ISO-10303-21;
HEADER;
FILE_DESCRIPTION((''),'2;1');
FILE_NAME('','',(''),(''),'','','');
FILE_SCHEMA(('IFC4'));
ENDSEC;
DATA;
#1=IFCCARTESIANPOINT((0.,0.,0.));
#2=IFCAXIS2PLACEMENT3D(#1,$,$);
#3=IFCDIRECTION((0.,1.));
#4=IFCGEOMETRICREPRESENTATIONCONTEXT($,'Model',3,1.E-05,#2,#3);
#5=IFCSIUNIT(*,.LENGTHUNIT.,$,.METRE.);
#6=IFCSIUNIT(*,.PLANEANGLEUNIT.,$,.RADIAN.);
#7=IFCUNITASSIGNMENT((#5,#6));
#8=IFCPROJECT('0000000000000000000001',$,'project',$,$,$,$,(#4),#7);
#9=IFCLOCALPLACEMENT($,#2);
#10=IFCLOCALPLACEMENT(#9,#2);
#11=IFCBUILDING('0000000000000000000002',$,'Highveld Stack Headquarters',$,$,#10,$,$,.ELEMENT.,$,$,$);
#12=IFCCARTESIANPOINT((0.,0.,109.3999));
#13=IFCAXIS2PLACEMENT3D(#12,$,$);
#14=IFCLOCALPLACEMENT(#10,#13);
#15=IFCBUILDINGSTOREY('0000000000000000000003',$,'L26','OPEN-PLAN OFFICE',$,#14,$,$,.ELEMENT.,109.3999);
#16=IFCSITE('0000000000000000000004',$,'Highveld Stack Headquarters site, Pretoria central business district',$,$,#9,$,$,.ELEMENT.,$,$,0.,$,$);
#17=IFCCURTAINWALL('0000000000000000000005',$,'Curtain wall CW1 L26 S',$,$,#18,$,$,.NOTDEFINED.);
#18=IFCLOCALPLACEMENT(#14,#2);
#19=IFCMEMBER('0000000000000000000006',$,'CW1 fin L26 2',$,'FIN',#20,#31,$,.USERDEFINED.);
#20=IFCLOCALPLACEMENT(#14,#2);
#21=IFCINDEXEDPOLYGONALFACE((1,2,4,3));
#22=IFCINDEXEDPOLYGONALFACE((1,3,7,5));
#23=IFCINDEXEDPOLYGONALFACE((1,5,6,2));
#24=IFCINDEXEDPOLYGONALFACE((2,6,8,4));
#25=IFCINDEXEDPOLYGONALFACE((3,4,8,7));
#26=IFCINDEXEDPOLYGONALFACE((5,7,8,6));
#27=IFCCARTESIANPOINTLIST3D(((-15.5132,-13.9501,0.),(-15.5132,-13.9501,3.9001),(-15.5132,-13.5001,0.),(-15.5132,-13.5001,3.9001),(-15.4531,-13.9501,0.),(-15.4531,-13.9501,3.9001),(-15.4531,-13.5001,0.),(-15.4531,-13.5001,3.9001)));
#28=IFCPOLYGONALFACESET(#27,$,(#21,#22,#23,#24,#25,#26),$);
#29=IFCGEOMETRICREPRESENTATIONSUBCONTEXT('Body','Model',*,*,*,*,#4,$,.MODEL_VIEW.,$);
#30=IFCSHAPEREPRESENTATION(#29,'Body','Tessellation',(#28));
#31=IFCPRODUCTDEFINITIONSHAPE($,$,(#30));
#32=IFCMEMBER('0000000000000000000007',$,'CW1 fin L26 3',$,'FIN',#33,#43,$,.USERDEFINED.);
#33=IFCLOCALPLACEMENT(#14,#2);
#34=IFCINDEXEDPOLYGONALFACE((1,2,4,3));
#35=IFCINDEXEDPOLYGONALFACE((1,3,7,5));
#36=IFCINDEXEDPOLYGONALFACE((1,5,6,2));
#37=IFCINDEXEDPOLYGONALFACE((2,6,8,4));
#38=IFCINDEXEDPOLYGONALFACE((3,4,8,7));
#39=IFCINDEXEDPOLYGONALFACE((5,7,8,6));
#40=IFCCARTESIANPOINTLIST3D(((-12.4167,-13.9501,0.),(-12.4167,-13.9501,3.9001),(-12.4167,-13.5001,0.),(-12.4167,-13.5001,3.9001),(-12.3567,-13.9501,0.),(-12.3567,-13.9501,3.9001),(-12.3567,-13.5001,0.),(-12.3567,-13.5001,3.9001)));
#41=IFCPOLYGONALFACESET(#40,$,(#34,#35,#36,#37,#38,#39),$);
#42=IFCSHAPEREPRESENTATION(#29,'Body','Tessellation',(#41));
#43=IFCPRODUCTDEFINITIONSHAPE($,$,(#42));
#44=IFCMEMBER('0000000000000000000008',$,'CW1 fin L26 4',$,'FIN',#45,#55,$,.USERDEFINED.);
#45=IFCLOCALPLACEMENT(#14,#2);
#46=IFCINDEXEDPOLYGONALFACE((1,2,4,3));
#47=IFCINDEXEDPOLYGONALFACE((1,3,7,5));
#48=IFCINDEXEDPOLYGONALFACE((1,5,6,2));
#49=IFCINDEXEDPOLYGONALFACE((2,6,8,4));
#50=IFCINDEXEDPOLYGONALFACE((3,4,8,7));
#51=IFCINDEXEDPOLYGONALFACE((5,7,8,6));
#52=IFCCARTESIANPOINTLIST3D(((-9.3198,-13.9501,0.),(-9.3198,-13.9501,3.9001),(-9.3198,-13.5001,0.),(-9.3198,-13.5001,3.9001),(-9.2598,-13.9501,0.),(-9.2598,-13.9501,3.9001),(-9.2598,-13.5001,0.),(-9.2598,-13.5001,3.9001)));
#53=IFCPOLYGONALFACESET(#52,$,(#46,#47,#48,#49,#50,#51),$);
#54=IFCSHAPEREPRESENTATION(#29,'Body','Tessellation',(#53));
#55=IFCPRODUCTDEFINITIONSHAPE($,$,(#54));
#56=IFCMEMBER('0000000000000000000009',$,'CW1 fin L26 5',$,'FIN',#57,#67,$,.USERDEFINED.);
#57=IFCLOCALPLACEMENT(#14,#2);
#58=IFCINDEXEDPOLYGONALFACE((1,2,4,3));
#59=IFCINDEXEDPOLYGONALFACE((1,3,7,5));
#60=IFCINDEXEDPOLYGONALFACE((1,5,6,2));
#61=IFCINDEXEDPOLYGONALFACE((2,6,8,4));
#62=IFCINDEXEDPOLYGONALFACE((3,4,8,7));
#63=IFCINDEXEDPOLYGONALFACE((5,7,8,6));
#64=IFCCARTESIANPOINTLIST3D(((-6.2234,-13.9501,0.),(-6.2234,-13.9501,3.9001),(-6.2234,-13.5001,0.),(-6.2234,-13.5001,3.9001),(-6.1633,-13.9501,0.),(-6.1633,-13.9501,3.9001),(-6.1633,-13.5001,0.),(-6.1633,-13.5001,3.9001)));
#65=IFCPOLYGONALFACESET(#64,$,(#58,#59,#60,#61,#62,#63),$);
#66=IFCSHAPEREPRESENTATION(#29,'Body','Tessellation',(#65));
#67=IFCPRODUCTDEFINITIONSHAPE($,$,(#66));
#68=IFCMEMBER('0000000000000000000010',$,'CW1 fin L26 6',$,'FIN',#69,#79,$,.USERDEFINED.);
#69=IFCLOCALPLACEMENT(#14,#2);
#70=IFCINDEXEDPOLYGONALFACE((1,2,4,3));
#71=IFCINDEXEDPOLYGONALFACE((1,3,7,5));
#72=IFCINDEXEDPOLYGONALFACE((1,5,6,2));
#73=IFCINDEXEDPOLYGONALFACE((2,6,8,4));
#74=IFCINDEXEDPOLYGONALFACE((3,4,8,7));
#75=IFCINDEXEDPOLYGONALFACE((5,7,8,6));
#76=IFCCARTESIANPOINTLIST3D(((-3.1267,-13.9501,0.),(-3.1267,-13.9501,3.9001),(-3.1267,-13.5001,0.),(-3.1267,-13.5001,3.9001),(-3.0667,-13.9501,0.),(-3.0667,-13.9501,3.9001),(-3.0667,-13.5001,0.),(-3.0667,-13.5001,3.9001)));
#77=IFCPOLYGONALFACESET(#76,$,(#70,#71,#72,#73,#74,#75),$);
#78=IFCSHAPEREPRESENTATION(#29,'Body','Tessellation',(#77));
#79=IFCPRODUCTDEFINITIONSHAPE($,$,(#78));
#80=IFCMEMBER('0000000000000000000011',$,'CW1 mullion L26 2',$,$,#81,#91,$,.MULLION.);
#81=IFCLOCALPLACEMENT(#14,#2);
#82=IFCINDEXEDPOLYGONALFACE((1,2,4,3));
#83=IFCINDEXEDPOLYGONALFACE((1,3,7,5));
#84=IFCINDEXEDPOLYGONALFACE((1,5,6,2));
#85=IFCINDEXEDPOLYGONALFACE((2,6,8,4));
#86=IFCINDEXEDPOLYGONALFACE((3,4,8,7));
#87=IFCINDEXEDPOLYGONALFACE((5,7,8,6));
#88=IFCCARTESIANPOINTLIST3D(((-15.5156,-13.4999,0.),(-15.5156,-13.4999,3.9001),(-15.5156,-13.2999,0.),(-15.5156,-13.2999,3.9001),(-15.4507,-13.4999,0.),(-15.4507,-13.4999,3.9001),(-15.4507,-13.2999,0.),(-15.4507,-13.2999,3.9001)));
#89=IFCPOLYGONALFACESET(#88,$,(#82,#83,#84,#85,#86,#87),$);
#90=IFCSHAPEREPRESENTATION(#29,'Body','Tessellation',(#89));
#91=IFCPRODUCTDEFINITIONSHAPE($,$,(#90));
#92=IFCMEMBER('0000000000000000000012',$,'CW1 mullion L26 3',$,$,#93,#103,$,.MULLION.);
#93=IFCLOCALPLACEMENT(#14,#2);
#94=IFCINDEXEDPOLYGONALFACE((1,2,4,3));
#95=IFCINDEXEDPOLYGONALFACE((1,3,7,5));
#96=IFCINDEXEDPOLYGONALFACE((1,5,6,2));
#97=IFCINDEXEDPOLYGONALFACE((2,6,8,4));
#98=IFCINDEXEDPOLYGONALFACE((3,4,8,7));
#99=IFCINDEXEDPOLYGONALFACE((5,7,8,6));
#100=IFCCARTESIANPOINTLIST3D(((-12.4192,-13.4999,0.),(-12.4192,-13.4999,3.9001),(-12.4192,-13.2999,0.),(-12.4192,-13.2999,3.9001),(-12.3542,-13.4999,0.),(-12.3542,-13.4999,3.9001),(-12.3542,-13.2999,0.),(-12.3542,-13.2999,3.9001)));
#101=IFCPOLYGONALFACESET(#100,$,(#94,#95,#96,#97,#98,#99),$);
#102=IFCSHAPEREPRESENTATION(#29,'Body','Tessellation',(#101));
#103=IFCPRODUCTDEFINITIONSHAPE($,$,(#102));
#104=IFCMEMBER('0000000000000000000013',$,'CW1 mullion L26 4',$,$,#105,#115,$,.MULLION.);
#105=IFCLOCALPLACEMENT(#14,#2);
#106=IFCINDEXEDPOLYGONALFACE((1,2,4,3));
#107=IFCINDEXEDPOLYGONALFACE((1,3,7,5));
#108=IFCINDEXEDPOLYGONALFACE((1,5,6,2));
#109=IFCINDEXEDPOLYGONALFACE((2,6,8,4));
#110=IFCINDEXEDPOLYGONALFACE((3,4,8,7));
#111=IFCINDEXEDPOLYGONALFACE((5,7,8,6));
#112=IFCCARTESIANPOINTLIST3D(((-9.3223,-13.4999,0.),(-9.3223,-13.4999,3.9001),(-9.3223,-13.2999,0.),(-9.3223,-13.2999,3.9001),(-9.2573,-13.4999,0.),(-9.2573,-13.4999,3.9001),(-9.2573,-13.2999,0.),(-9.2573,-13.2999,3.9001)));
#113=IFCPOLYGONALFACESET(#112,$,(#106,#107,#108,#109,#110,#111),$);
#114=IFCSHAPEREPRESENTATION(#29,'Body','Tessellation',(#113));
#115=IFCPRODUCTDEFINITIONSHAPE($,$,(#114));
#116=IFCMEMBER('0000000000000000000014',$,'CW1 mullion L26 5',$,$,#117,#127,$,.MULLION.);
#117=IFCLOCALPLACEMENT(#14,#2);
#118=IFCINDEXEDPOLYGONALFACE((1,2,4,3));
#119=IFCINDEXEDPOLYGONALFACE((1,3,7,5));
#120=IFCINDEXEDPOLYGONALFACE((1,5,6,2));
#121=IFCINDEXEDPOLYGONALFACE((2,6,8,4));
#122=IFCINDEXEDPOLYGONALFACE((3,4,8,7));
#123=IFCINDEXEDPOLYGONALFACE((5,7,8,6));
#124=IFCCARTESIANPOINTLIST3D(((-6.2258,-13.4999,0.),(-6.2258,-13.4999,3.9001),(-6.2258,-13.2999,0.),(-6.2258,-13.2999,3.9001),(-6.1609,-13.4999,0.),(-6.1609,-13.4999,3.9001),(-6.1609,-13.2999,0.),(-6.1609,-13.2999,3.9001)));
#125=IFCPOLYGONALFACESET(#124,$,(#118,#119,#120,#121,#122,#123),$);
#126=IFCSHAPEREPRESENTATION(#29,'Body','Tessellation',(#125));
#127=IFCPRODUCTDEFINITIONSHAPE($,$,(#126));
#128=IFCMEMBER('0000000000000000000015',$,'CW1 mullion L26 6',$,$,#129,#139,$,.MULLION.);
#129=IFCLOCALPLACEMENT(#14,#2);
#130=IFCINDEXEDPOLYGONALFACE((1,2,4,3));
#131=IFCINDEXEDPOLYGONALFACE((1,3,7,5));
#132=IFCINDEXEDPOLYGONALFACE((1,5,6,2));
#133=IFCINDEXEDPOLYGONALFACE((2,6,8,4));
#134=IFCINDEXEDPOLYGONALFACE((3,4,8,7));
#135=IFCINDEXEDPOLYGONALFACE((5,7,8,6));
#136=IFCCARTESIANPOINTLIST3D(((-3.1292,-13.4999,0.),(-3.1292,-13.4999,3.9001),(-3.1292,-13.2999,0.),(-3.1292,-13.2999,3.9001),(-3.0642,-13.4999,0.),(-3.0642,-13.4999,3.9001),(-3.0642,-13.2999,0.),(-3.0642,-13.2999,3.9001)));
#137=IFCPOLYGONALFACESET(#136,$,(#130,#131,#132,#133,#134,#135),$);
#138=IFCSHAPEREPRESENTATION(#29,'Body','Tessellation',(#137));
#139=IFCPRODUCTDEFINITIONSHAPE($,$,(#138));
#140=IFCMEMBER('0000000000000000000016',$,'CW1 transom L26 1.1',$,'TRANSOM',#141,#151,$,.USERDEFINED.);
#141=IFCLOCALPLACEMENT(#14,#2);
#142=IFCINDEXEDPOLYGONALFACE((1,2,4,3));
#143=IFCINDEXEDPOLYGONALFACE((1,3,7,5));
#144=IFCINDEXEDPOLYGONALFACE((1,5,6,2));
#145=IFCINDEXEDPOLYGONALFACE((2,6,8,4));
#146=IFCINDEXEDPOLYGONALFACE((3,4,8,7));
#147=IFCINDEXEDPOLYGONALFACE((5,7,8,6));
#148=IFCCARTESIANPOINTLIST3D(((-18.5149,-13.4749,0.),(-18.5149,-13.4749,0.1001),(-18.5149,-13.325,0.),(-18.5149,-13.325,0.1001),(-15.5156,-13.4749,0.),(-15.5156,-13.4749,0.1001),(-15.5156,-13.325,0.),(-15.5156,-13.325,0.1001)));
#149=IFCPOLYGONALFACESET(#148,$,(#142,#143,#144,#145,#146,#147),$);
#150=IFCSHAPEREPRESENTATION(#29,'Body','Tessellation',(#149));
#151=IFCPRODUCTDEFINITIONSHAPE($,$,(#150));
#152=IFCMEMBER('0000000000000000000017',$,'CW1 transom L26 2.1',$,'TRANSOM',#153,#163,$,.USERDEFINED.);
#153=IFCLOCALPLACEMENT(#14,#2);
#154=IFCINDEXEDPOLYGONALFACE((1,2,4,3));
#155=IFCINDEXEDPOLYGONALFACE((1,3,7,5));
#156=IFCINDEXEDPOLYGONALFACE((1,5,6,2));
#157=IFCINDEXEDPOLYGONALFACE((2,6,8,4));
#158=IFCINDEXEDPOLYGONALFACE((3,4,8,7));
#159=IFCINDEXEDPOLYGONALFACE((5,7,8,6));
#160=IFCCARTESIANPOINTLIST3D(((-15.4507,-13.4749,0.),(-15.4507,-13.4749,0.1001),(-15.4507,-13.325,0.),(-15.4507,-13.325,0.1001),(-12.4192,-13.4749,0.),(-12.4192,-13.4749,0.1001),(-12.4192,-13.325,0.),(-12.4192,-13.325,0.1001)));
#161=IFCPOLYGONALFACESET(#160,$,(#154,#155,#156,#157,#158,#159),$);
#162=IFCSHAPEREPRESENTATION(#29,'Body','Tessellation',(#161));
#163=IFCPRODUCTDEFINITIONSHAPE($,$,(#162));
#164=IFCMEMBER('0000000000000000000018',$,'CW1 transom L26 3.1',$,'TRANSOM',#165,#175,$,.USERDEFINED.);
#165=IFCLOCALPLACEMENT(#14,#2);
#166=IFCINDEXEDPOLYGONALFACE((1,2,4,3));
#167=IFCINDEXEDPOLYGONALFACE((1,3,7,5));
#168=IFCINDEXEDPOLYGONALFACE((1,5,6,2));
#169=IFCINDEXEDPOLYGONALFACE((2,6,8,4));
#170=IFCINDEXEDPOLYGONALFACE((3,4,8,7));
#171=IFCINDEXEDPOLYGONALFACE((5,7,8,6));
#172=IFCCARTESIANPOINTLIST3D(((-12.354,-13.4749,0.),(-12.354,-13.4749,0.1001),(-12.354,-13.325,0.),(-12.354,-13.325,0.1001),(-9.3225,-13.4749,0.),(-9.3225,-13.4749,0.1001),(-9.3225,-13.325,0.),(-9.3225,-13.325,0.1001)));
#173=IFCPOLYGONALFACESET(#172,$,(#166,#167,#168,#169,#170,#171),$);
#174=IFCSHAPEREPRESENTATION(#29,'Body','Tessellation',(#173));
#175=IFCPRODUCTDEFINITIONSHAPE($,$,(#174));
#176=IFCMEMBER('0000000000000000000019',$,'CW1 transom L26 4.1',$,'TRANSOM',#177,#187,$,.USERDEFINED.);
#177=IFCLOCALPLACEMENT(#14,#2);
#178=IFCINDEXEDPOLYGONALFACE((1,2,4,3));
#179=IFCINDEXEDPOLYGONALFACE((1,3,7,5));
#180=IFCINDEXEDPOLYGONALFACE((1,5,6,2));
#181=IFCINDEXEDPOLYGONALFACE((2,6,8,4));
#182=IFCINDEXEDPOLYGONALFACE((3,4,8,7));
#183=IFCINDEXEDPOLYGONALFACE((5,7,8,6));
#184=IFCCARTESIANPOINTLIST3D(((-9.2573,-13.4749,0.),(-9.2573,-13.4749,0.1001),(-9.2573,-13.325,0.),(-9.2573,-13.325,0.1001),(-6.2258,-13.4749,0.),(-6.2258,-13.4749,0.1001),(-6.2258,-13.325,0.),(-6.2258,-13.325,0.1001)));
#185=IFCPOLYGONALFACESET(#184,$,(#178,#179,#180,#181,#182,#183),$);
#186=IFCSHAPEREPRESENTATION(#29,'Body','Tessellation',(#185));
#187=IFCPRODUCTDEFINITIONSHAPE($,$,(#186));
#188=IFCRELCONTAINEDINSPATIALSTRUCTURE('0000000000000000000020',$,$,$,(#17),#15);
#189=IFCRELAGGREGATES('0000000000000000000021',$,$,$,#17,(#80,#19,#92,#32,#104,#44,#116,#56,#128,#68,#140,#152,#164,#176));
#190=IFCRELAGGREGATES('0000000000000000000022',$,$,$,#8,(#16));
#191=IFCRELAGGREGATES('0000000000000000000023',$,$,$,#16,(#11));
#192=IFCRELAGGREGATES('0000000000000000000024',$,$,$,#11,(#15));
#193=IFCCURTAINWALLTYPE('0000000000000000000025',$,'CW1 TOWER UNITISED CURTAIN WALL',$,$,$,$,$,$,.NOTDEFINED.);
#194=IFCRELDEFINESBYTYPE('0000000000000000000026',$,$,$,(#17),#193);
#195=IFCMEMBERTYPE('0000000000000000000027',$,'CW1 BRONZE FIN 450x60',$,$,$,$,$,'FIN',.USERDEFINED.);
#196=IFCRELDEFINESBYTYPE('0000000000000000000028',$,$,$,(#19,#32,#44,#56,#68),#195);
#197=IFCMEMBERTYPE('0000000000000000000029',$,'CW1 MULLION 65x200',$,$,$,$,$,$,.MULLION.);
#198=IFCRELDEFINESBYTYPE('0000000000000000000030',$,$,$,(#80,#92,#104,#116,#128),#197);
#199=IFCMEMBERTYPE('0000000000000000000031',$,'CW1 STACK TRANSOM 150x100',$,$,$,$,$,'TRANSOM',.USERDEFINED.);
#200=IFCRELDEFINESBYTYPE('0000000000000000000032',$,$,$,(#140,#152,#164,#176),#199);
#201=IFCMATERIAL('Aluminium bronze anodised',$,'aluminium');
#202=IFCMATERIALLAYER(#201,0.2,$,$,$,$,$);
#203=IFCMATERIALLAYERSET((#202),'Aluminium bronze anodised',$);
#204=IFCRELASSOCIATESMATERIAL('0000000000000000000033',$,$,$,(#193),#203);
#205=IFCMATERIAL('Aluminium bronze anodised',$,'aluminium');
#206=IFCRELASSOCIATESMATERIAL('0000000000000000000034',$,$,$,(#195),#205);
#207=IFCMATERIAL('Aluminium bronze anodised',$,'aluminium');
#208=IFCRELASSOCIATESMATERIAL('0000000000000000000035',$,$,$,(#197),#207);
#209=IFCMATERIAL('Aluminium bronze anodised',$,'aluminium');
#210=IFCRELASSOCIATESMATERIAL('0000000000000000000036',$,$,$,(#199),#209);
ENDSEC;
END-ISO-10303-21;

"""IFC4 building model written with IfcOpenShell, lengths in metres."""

from ifc_helpers import new_model, si_unit, direction, frame, origin, origin_2d, place, context, subcontext, project, spatial, rectangle, extrude, material, layer, layer_set, material_profile, profile_set, type_object, element, aggregate, save


model = new_model("IFC4")

# Units and contexts
model_context = context("Model", 3, precision=1e-05, world=origin(), true_north=direction((0.0, 1.0)))
body_context = subcontext(model_context, "Body", "Model", "MODEL_VIEW")
ifc_project = project(units=[si_unit("LENGTHUNIT", "METRE"), si_unit("PLANEANGLEUNIT", "RADIAN")], contexts=[model_context])

# Site, building, storey
site_placement = place(None, origin())
site = spatial("IfcSite", under=ifc_project, at=site_placement, Name="Highveld Stack Headquarters site, Pretoria central business district", CompositionType="ELEMENT", RefElevation=0.0)
building_placement = place(site_placement, origin())
building = spatial("IfcBuilding", under=site, at=building_placement, Name="Highveld Stack Headquarters", CompositionType="ELEMENT")
storey_placement = place(building_placement, frame((0.0, 0.0, 109.3999)))
storey = spatial("IfcBuildingStorey", under=building, at=storey_placement, Name="L26", Description="OPEN-PLAN OFFICE", CompositionType="ELEMENT", Elevation=109.3999)

# Curtain wall, members
ifc_material_1 = material(Name="Aluminium bronze anodised", Category="aluminium")
ifc_layer_1 = layer(ifc_material_1, 0.2)
ifc_layer_set_1 = layer_set([ifc_layer_1], Name="Aluminium bronze anodised")
curtain_wall_type = type_object("IfcCurtainWallType", Name="CW1 TOWER UNITISED CURTAIN WALL", PredefinedType="NOTDEFINED", material=ifc_layer_set_1)
curtain_wall_placement = place(storey_placement, origin())
curtain_wall = element("IfcCurtainWall", 1, at=curtain_wall_placement, inside=storey, type_object=curtain_wall_type, Name="Curtain wall CW1 L26 S", PredefinedType="NOTDEFINED")
ifc_material_2 = material(Name="Aluminium bronze anodised", Category="aluminium")
ifc_material_profile_1 = material_profile(ifc_material_2, rectangle(XDim=0.45, YDim=0.0601, at=origin_2d()), Name="FIN 450x60")
ifc_profile_set_1 = profile_set([ifc_material_profile_1], Name="Aluminium bronze anodised")
member_type_1 = type_object("IfcMemberType", Name="CW1 BRONZE FIN 450x60", ElementType="FIN", PredefinedType="USERDEFINED", material=ifc_profile_set_1)
member_1_placement = place(storey_placement, frame((-15.4832, -13.7251, 0.0), z_axis=(0.0, 0.0, 1.0), x_axis=(0.0, 1.0, 0.0)))
member_1 = element("IfcMember", 2, at=member_1_placement, type_object=member_type_1, Name="CW1 fin L26 2", ObjectType="FIN", PredefinedType="USERDEFINED", context=body_context, shape_type="SweptSolid", body=[
    extrude(rectangle(XDim=0.45, YDim=0.0601, at=origin_2d()), origin(), (0.0, 0.0, 1.0), 3.9001),
])
member_2_placement = place(storey_placement, frame((-12.3867, -13.7251, 0.0), z_axis=(0.0, 0.0, 1.0), x_axis=(0.0, 1.0, 0.0)))
member_2 = element("IfcMember", 3, at=member_2_placement, type_object=member_type_1, Name="CW1 fin L26 3", ObjectType="FIN", PredefinedType="USERDEFINED", context=body_context, shape_type="SweptSolid", body=[
    extrude(rectangle(XDim=0.45, YDim=0.0601, at=origin_2d()), origin(), (0.0, 0.0, 1.0), 3.9001),
])
member_3_placement = place(storey_placement, frame((-9.2898, -13.7251, 0.0), z_axis=(0.0, 0.0, 1.0), x_axis=(0.0, 1.0, 0.0)))
member_3 = element("IfcMember", 4, at=member_3_placement, type_object=member_type_1, Name="CW1 fin L26 4", ObjectType="FIN", PredefinedType="USERDEFINED", context=body_context, shape_type="SweptSolid", body=[
    extrude(rectangle(XDim=0.45, YDim=0.0601, at=origin_2d()), origin(), (0.0, 0.0, 1.0), 3.9001),
])
member_4_placement = place(storey_placement, frame((-6.1934, -13.7251, 0.0), z_axis=(0.0, 0.0, 1.0), x_axis=(0.0, 1.0, 0.0)))
member_4 = element("IfcMember", 5, at=member_4_placement, type_object=member_type_1, Name="CW1 fin L26 5", ObjectType="FIN", PredefinedType="USERDEFINED", context=body_context, shape_type="SweptSolid", body=[
    extrude(rectangle(XDim=0.45, YDim=0.0601, at=origin_2d()), origin(), (0.0, 0.0, 1.0), 3.9001),
])
member_5_placement = place(storey_placement, frame((-3.0967, -13.7251, 0.0), z_axis=(0.0, 0.0, 1.0), x_axis=(0.0, 1.0, 0.0)))
member_5 = element("IfcMember", 6, at=member_5_placement, type_object=member_type_1, Name="CW1 fin L26 6", ObjectType="FIN", PredefinedType="USERDEFINED", context=body_context, shape_type="SweptSolid", body=[
    extrude(rectangle(XDim=0.45, YDim=0.0601, at=origin_2d()), origin(), (0.0, 0.0, 1.0), 3.9001),
])
ifc_material_3 = material(Name="Aluminium bronze anodised", Category="aluminium")
ifc_material_profile_2 = material_profile(ifc_material_3, rectangle(XDim=0.2, YDim=0.0649, at=origin_2d()), Name="CW1 MULLION 65x200")
ifc_profile_set_2 = profile_set([ifc_material_profile_2], Name="Aluminium bronze anodised")
member_type_2 = type_object("IfcMemberType", Name="CW1 MULLION 65x200", PredefinedType="MULLION", material=ifc_profile_set_2)
member_6_placement = place(storey_placement, frame((-15.4832, -13.3999, 0.0), z_axis=(0.0, 0.0, 1.0), x_axis=(0.0, 1.0, 0.0)))
member_6 = element("IfcMember", 7, at=member_6_placement, type_object=member_type_2, Name="CW1 mullion L26 2", PredefinedType="MULLION", context=body_context, shape_type="SweptSolid", body=[
    extrude(rectangle(XDim=0.2, YDim=0.0649, at=origin_2d()), origin(), (0.0, 0.0, 1.0), 3.9001),
])
member_7_placement = place(storey_placement, frame((-12.3867, -13.3999, 0.0), z_axis=(0.0, 0.0, 1.0), x_axis=(0.0, 1.0, 0.0)))
member_7 = element("IfcMember", 8, at=member_7_placement, type_object=member_type_2, Name="CW1 mullion L26 3", PredefinedType="MULLION", context=body_context, shape_type="SweptSolid", body=[
    extrude(rectangle(XDim=0.2, YDim=0.0649, at=origin_2d()), origin(), (0.0, 0.0, 1.0), 3.9001),
])
member_8_placement = place(storey_placement, frame((-9.2898, -13.3999, 0.0), z_axis=(0.0, 0.0, 1.0), x_axis=(0.0, 1.0, 0.0)))
member_8 = element("IfcMember", 9, at=member_8_placement, type_object=member_type_2, Name="CW1 mullion L26 4", PredefinedType="MULLION", context=body_context, shape_type="SweptSolid", body=[
    extrude(rectangle(XDim=0.2, YDim=0.0649, at=origin_2d()), origin(), (0.0, 0.0, 1.0), 3.9001),
])
member_9_placement = place(storey_placement, frame((-6.1934, -13.3999, 0.0), z_axis=(0.0, 0.0, 1.0), x_axis=(0.0, 1.0, 0.0)))
member_9 = element("IfcMember", 10, at=member_9_placement, type_object=member_type_2, Name="CW1 mullion L26 5", PredefinedType="MULLION", context=body_context, shape_type="SweptSolid", body=[
    extrude(rectangle(XDim=0.2, YDim=0.0649, at=origin_2d()), origin(), (0.0, 0.0, 1.0), 3.9001),
])
member_10_placement = place(storey_placement, frame((-3.0967, -13.3999, 0.0), z_axis=(0.0, 0.0, 1.0), x_axis=(0.0, 1.0, 0.0)))
member_10 = element("IfcMember", 11, at=member_10_placement, type_object=member_type_2, Name="CW1 mullion L26 6", PredefinedType="MULLION", context=body_context, shape_type="SweptSolid", body=[
    extrude(rectangle(XDim=0.2, YDim=0.0649, at=origin_2d()), origin(), (0.0, 0.0, 1.0), 3.9001),
])
ifc_material_4 = material(Name="Aluminium bronze anodised", Category="aluminium")
ifc_material_profile_3 = material_profile(ifc_material_4, rectangle(XDim=0.1499, YDim=0.1001, at=origin_2d()), Name="CW1 TRANSOM 150x100")
ifc_profile_set_3 = profile_set([ifc_material_profile_3], Name="Aluminium bronze anodised")
member_type_3 = type_object("IfcMemberType", Name="CW1 STACK TRANSOM 150x100", ElementType="TRANSOM", PredefinedType="USERDEFINED", material=ifc_profile_set_3)
member_11_placement = place(storey_placement, frame((-18.5149, -13.3999, 0.05), z_axis=(1.0, 0.0, 0.0), x_axis=(0.0, 1.0, 0.0)))
member_11 = element("IfcMember", 12, at=member_11_placement, type_object=member_type_3, Name="CW1 transom L26 1.1", ObjectType="TRANSOM", PredefinedType="USERDEFINED", context=body_context, shape_type="SweptSolid", body=[
    extrude(rectangle(XDim=0.1499, YDim=0.1001, at=origin_2d()), origin(), (0.0, 0.0, 1.0), 2.9993),
])
member_12_placement = place(storey_placement, frame((-15.4507, -13.3999, 0.05), z_axis=(1.0, 0.0, 0.0), x_axis=(0.0, 1.0, 0.0)))
member_12 = element("IfcMember", 13, at=member_12_placement, type_object=member_type_3, Name="CW1 transom L26 2.1", ObjectType="TRANSOM", PredefinedType="USERDEFINED", context=body_context, shape_type="SweptSolid", body=[
    extrude(rectangle(XDim=0.1499, YDim=0.1001, at=origin_2d()), origin(), (0.0, 0.0, 1.0), 3.0315),
])
member_13_placement = place(storey_placement, frame((-12.354, -13.3999, 0.05), z_axis=(1.0, 0.0, 0.0), x_axis=(0.0, 1.0, 0.0)))
member_13 = element("IfcMember", 14, at=member_13_placement, type_object=member_type_3, Name="CW1 transom L26 3.1", ObjectType="TRANSOM", PredefinedType="USERDEFINED", context=body_context, shape_type="SweptSolid", body=[
    extrude(rectangle(XDim=0.1499, YDim=0.1001, at=origin_2d()), origin(), (0.0, 0.0, 1.0), 3.0315),
])
member_14_placement = place(storey_placement, frame((-9.2573, -13.3999, 0.05), z_axis=(1.0, 0.0, 0.0), x_axis=(0.0, 1.0, 0.0)))
member_14 = element("IfcMember", 15, at=member_14_placement, type_object=member_type_3, Name="CW1 transom L26 4.1", ObjectType="TRANSOM", PredefinedType="USERDEFINED", context=body_context, shape_type="SweptSolid", body=[
    extrude(rectangle(XDim=0.1499, YDim=0.1001, at=origin_2d()), origin(), (0.0, 0.0, 1.0), 3.0315),
])
aggregate(curtain_wall, [member_6, member_1, member_7, member_2, member_8, member_3, member_9, member_4, member_10, member_5, member_11, member_12, member_13, member_14])

save(model, "model.ifc")
